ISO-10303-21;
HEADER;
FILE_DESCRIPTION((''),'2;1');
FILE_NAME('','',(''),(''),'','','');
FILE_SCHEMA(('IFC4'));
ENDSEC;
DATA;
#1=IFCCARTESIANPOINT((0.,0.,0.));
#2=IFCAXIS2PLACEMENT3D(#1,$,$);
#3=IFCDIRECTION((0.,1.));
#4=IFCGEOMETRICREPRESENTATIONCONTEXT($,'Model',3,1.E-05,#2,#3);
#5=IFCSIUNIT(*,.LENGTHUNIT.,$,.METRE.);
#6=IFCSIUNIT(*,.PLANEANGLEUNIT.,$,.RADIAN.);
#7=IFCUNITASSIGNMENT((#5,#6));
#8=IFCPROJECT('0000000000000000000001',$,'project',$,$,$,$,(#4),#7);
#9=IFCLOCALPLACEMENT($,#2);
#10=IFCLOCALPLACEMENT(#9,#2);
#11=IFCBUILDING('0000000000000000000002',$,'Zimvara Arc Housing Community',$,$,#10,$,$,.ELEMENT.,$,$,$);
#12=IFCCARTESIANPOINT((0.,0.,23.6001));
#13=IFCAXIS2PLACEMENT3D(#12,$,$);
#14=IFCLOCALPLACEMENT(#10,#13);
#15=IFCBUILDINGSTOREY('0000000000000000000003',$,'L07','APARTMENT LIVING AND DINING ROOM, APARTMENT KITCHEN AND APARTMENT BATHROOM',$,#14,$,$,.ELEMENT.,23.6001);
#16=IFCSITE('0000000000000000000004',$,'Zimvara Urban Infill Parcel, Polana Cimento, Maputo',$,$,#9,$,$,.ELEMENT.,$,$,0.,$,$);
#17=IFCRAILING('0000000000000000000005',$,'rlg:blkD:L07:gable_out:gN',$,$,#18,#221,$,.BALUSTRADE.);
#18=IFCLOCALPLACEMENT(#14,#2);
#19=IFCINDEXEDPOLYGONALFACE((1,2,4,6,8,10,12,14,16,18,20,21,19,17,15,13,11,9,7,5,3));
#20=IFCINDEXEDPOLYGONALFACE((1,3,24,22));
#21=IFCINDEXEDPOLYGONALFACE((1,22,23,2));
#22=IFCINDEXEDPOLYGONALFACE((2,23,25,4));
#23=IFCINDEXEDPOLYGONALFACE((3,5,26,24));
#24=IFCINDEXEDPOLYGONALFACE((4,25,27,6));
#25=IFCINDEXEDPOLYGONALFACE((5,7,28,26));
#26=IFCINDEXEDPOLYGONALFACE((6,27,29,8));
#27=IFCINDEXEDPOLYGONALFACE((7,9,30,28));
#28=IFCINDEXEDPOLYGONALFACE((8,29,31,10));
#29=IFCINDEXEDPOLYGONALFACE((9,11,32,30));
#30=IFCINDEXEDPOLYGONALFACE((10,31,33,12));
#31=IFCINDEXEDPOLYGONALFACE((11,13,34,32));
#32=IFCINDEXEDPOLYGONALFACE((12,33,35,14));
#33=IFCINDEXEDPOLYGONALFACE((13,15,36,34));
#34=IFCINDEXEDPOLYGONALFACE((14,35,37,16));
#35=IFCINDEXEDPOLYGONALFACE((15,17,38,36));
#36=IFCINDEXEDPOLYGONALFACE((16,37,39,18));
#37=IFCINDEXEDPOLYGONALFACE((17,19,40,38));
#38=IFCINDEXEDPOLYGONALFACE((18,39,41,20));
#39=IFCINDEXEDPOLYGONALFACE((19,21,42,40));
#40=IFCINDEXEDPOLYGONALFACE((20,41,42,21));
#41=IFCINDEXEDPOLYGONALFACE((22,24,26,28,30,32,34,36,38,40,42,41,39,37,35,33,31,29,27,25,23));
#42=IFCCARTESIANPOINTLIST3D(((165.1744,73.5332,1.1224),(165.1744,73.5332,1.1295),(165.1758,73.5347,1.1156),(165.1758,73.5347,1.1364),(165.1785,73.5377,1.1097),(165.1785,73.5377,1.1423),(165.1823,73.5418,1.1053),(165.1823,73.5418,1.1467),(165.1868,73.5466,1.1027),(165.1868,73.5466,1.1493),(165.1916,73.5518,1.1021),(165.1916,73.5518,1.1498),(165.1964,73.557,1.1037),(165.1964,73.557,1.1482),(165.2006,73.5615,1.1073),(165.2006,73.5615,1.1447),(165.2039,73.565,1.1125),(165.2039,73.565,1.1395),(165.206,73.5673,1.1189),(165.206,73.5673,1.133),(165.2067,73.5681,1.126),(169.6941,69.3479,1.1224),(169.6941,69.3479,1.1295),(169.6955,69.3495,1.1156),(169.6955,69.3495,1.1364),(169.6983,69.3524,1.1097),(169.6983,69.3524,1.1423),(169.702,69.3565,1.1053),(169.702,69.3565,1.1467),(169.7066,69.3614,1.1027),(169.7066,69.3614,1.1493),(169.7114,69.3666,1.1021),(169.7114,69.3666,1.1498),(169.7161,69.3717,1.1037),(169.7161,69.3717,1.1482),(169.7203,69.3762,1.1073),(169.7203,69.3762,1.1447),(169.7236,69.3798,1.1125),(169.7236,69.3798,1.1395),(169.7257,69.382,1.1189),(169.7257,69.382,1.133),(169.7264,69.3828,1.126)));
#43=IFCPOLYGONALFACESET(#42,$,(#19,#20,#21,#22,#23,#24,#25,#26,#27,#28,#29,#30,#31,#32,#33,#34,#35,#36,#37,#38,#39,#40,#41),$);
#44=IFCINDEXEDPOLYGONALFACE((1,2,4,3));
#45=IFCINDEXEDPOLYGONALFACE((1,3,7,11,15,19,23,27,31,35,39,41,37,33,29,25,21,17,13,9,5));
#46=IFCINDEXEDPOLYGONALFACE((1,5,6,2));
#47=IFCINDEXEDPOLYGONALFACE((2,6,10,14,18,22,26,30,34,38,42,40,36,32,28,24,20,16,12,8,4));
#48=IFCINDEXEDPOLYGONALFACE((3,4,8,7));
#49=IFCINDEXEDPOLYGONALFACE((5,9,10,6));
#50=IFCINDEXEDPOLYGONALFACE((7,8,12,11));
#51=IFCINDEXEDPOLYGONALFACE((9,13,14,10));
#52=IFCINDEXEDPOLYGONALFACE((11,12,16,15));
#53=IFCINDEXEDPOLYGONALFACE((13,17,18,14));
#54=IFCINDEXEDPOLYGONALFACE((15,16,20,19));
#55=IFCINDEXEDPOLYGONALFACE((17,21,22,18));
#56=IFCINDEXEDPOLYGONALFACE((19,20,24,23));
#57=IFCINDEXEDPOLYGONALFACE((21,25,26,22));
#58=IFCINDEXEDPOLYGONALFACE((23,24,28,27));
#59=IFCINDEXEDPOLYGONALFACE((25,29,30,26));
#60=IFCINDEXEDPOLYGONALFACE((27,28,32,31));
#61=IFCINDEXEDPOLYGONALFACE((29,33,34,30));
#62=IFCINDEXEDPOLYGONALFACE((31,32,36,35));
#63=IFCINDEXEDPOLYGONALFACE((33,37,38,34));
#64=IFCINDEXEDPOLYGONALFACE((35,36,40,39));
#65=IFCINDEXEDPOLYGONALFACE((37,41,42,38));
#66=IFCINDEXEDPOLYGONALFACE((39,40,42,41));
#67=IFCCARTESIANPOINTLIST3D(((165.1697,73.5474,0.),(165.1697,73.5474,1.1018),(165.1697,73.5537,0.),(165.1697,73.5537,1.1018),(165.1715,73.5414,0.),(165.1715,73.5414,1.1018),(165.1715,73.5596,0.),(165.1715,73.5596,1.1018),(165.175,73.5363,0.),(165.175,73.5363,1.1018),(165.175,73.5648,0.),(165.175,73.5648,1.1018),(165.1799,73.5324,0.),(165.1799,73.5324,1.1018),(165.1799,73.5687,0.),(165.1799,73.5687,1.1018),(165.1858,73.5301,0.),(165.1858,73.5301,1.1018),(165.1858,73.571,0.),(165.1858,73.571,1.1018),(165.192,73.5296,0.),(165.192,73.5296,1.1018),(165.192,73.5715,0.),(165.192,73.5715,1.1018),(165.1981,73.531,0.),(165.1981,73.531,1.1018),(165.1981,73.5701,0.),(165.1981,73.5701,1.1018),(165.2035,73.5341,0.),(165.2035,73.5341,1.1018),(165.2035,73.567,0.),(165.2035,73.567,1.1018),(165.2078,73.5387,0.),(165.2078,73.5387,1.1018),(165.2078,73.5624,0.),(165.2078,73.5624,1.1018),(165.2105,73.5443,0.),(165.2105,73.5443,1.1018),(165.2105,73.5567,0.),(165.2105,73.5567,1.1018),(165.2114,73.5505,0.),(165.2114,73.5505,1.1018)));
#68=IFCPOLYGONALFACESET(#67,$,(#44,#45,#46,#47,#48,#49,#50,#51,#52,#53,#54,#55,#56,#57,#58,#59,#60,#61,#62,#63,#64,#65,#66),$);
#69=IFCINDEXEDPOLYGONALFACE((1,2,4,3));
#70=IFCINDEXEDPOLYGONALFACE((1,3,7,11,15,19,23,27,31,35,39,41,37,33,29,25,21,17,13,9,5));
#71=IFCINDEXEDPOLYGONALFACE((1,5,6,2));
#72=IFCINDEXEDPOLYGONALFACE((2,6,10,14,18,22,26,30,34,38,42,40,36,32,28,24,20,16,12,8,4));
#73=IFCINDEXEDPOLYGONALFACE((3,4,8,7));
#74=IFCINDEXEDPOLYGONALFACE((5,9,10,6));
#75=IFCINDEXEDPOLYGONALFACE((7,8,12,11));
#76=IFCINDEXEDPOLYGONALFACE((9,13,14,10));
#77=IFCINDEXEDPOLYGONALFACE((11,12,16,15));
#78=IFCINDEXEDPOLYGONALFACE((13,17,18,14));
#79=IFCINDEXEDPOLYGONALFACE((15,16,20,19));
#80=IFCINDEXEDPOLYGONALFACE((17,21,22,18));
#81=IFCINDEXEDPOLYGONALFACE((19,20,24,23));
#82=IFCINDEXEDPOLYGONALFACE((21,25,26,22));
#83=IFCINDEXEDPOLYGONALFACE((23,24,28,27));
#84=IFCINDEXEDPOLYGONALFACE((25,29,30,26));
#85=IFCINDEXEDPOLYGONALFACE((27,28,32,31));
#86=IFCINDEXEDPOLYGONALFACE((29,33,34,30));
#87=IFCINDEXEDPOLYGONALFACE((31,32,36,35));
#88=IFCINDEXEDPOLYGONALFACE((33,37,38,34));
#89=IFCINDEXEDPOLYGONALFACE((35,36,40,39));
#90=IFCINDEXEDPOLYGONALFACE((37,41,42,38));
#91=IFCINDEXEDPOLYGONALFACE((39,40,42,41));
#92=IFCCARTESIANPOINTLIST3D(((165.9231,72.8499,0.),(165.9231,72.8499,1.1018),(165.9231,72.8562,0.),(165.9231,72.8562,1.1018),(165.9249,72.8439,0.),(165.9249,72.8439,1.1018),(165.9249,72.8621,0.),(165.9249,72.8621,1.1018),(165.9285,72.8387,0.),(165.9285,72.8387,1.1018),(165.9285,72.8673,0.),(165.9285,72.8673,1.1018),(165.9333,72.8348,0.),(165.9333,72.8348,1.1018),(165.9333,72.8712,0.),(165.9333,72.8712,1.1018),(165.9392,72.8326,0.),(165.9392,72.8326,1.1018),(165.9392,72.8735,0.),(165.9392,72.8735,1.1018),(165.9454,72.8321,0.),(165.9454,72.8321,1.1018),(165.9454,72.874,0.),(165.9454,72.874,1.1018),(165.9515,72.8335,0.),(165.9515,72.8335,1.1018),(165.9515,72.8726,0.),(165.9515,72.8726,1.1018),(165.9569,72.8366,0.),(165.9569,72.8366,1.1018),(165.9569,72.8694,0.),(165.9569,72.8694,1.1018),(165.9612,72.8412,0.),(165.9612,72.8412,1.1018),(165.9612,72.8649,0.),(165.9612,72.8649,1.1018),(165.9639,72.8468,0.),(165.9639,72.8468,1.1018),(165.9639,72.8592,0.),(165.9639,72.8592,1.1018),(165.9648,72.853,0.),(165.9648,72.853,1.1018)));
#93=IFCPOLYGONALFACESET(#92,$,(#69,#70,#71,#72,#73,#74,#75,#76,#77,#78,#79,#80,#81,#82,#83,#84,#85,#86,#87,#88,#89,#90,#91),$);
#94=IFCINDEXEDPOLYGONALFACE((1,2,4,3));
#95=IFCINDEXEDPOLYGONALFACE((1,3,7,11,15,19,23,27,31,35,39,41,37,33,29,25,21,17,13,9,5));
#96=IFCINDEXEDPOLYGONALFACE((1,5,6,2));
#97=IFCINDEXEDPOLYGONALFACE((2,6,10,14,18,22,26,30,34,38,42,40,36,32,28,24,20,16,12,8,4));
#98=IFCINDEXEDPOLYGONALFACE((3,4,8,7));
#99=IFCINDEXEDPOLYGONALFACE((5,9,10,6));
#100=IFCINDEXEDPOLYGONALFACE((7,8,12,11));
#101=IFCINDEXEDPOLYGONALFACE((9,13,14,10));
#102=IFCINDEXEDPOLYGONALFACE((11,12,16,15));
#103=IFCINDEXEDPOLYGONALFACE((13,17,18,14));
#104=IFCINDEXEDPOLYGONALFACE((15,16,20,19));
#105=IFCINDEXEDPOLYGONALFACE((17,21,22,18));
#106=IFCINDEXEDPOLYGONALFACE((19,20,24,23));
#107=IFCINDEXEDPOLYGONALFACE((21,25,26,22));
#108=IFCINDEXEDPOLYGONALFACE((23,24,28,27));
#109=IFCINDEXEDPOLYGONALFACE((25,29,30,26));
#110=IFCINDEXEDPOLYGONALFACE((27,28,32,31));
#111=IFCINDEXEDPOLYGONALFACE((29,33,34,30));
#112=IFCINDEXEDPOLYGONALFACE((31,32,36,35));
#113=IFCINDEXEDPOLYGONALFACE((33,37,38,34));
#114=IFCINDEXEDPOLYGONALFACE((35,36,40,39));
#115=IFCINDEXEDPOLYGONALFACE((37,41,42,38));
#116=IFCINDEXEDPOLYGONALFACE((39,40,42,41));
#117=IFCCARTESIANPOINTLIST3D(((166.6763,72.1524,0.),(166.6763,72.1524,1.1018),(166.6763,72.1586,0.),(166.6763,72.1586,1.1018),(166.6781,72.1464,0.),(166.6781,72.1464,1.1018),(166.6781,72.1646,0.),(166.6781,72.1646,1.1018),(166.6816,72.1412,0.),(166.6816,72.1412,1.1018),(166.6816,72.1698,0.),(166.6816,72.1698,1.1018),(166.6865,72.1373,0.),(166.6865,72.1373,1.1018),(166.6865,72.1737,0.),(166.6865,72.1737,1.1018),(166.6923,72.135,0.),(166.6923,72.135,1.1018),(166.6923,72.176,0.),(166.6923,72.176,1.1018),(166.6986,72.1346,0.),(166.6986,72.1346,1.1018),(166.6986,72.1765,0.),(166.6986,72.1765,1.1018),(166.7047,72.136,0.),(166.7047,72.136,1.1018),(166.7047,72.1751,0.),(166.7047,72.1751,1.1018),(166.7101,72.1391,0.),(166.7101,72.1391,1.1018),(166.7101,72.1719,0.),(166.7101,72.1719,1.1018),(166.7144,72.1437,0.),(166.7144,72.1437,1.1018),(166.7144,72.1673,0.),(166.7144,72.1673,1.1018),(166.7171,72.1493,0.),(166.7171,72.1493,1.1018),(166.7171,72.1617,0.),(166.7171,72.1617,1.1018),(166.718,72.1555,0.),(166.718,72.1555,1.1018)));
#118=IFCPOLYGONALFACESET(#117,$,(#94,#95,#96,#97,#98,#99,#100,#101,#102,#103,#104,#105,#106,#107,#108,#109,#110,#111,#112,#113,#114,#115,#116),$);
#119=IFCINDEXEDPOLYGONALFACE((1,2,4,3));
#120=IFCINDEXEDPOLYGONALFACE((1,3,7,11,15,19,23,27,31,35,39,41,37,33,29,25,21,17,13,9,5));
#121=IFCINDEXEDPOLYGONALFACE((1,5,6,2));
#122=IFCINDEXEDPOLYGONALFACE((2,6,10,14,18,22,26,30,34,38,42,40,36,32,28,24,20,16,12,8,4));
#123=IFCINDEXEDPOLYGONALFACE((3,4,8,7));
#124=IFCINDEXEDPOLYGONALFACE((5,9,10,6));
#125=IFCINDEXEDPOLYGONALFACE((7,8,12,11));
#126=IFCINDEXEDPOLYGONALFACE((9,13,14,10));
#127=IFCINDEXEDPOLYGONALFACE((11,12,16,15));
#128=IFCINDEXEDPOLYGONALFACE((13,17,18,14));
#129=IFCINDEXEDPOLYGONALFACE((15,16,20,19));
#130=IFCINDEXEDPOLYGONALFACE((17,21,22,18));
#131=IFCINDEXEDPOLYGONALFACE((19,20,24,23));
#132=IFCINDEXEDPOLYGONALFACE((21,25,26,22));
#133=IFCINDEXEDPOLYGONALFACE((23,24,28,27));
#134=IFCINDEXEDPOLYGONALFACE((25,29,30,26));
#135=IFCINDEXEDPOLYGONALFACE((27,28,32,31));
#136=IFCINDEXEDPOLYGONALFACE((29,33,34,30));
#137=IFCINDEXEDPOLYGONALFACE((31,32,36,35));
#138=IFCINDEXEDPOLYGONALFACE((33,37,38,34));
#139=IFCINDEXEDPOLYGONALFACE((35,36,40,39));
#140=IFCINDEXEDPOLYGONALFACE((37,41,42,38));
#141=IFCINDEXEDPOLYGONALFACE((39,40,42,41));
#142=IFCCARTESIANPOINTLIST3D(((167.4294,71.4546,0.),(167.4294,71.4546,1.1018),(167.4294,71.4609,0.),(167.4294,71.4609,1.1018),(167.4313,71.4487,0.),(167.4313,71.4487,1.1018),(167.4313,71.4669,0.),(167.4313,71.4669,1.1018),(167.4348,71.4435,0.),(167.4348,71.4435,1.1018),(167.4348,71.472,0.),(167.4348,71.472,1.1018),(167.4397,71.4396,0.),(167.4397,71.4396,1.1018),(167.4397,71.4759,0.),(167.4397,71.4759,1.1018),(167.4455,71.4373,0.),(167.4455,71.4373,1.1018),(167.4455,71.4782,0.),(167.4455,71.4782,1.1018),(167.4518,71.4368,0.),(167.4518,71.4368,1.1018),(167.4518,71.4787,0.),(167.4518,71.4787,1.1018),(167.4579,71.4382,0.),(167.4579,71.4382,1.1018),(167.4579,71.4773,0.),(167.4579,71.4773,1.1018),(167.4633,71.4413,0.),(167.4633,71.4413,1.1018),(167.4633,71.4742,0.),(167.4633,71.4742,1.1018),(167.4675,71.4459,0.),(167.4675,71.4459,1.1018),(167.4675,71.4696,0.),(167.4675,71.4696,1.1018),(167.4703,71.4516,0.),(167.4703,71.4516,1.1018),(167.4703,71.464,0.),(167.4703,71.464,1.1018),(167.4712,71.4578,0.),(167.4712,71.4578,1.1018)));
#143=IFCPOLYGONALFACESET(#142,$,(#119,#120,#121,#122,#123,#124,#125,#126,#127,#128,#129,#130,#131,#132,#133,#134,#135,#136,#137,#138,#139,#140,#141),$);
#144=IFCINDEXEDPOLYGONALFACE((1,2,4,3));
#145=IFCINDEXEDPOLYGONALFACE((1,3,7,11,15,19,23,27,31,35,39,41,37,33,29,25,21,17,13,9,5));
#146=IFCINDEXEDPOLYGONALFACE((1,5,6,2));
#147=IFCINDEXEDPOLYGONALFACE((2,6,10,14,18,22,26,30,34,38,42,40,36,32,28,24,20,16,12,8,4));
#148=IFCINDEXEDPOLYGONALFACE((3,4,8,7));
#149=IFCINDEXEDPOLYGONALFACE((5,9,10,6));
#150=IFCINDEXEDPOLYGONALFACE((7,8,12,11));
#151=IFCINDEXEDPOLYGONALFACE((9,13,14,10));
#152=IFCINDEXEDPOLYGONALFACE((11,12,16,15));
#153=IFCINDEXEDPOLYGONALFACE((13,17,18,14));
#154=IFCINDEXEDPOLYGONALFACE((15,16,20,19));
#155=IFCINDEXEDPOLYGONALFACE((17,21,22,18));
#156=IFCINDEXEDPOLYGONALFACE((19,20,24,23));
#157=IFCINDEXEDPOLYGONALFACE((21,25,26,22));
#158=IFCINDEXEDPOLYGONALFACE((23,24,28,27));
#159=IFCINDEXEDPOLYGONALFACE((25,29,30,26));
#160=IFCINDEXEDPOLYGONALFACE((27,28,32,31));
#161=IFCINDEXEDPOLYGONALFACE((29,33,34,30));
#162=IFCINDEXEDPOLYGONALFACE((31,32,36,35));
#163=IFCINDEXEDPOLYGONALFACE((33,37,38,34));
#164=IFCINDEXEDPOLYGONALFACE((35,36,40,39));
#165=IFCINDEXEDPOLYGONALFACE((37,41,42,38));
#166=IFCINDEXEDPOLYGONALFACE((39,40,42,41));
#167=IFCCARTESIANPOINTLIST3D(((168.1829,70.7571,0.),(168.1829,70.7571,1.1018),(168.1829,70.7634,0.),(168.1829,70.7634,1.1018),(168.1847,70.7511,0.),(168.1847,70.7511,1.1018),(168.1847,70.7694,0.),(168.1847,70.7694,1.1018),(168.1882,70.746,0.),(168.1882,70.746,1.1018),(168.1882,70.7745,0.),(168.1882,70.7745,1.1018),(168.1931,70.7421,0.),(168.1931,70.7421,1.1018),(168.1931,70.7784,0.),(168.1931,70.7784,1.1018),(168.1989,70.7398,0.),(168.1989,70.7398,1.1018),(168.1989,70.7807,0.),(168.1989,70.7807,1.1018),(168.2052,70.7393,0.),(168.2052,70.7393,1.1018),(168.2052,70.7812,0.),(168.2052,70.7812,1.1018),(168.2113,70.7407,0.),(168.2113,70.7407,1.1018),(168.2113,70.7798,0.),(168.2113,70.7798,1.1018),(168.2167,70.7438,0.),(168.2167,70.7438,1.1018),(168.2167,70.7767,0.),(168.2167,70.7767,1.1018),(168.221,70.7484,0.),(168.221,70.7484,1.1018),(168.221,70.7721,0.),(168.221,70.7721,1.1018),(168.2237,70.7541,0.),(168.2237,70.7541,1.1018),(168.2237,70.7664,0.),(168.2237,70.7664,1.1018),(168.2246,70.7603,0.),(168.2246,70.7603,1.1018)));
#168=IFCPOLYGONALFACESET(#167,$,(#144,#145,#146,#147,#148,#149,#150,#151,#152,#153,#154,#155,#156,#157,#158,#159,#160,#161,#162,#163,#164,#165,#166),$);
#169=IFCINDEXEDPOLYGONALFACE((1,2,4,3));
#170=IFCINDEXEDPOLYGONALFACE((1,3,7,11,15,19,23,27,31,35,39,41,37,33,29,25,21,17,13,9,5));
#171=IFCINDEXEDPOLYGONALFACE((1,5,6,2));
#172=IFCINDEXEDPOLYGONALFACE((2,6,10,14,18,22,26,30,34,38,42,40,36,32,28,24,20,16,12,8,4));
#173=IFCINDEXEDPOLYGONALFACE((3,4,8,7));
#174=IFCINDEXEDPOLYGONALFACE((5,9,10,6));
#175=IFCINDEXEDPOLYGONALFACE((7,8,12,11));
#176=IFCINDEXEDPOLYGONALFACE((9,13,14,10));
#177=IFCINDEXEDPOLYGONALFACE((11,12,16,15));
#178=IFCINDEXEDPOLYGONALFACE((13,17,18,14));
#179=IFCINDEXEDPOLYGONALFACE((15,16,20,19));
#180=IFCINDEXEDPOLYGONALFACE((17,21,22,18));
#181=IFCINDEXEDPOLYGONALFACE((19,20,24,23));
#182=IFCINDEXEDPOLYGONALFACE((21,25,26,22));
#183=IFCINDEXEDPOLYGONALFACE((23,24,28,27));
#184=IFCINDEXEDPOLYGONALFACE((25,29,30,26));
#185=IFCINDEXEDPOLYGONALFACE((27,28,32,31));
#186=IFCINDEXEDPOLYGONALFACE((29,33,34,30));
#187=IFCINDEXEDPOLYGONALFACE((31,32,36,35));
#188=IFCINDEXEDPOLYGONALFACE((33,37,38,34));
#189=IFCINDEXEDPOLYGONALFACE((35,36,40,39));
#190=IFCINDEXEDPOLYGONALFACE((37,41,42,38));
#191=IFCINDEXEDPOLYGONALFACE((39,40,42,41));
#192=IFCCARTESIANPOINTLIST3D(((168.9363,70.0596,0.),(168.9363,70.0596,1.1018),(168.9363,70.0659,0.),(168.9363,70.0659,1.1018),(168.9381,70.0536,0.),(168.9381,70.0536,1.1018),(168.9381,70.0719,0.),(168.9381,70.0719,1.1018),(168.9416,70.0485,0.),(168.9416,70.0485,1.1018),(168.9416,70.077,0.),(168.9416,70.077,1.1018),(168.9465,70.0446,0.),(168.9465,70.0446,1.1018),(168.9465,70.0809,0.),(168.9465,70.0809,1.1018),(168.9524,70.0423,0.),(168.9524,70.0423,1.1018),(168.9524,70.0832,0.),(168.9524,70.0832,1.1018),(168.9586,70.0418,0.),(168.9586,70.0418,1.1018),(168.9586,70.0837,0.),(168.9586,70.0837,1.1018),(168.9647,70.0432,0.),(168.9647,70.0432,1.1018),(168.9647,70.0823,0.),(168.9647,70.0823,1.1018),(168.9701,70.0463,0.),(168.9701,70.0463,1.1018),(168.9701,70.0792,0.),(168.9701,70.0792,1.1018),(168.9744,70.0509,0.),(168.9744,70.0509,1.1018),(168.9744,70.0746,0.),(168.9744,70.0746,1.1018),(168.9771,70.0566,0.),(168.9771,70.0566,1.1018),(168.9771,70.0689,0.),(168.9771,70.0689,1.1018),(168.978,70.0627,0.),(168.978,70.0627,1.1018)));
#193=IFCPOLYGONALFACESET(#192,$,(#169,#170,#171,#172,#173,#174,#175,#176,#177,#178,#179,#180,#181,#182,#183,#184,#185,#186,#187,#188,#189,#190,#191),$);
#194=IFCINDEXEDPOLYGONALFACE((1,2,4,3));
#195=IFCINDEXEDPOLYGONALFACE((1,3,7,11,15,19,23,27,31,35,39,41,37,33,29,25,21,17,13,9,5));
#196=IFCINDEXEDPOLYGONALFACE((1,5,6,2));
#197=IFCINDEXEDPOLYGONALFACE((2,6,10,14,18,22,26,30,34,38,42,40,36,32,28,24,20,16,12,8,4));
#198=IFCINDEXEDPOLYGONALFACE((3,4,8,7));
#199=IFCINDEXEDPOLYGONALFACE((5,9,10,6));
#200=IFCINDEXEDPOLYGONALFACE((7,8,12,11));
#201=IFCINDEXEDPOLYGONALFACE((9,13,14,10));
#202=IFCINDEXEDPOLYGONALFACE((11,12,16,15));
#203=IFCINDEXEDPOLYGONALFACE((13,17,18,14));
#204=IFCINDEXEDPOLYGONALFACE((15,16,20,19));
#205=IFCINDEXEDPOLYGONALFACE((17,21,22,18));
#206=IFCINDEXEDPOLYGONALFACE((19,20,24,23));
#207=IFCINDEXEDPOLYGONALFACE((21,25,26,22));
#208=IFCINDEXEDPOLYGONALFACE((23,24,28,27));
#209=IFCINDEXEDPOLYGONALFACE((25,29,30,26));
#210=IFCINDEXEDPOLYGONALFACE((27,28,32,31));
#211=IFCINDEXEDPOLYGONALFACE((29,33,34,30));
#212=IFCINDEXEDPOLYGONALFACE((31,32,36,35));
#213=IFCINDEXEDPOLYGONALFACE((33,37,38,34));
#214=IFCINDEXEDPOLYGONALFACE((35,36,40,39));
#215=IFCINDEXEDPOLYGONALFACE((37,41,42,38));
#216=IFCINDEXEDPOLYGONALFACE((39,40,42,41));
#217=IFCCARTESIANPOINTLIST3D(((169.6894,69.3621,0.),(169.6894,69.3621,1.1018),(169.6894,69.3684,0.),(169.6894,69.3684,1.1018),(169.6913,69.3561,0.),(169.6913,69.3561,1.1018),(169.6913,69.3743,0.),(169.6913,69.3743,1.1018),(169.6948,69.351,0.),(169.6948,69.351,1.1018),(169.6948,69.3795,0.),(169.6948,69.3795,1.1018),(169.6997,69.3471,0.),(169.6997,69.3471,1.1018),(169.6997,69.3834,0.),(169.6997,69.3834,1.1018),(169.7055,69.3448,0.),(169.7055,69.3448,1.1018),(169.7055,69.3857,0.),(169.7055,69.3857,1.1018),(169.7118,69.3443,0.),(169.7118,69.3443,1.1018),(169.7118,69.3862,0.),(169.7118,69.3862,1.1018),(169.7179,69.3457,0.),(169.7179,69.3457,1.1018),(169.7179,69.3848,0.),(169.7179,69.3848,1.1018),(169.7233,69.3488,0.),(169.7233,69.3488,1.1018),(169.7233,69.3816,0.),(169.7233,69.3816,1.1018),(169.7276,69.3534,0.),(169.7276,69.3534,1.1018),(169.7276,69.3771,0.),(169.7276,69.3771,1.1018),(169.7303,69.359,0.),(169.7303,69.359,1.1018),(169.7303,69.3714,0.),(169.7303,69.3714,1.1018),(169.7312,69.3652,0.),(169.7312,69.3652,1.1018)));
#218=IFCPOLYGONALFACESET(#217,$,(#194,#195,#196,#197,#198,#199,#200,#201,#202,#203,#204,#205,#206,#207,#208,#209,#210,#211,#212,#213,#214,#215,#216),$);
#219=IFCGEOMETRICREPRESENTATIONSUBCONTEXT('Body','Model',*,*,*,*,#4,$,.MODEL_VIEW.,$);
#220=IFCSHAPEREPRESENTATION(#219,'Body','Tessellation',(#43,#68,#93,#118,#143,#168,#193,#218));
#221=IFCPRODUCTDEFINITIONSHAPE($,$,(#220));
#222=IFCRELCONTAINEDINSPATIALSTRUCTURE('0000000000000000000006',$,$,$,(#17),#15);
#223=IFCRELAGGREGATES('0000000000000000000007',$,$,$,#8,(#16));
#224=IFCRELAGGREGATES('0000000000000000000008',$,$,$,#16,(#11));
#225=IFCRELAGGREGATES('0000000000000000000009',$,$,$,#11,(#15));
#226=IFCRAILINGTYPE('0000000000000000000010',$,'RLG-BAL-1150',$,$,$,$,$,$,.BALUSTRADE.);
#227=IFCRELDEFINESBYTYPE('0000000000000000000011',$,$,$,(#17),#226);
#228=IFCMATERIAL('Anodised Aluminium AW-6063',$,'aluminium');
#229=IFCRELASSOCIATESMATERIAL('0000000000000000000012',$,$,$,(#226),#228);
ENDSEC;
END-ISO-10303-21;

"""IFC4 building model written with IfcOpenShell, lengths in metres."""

from ifc_helpers import new_model, si_unit, direction, frame, origin, origin_2d, place, context, subcontext, project, spatial, circle, extrude, material, type_object, element, save


model = new_model("IFC4")

# Units and contexts
model_context = context("Model", 3, precision=1e-05, world=origin(), true_north=direction((0.0, 1.0)))
body_context = subcontext(model_context, "Body", "Model", "MODEL_VIEW")
ifc_project = project(units=[si_unit("LENGTHUNIT", "METRE"), si_unit("PLANEANGLEUNIT", "RADIAN")], contexts=[model_context])

# Site, building, storey
site_placement = place(None, origin())
site = spatial("IfcSite", under=ifc_project, at=site_placement, Name="Zimvara Urban Infill Parcel, Polana Cimento, Maputo", CompositionType="ELEMENT", RefElevation=0.0)
building_placement = place(site_placement, origin())
building = spatial("IfcBuilding", under=site, at=building_placement, Name="Zimvara Arc Housing Community", CompositionType="ELEMENT")
storey_placement = place(building_placement, frame((0.0, 0.0, 23.6001)))
storey = spatial("IfcBuildingStorey", under=building, at=storey_placement, Name="L07", Description="APARTMENT LIVING AND DINING ROOM, APARTMENT KITCHEN AND APARTMENT BATHROOM", CompositionType="ELEMENT", Elevation=23.6001)

# Railing
ifc_material_1 = material(Name="Anodised Aluminium AW-6063", Category="aluminium")
railing_type = type_object("IfcRailingType", Name="RLG-BAL-1150", PredefinedType="BALUSTRADE", material=ifc_material_1)
railing_1_placement = place(storey_placement, frame((165.1904, 73.5505, 0.0)))
element("IfcRailing", 1, at=railing_1_placement, inside=storey, type_object=railing_type, Name="rlg:blkD:L07:gable_out:gN", PredefinedType="BALUSTRADE", context=body_context, shape_type="SweptSolid", body=[
    extrude(circle(Radius=0.0239, at=origin_2d()), frame((0.0, 0.0, 1.126), z_axis=(0.733734, -0.679436, 0.0), x_axis=(0.679436, 0.733734, 0.0)), (0.0, 0.0, 1.0), 6.1599),
    extrude(circle(Radius=0.021, at=origin_2d()), origin(), (0.0, 0.0, 1.0), 1.1018),
    extrude(circle(Radius=0.021, at=origin_2d()), frame((0.7534, -0.6975, 0.0)), (0.0, 0.0, 1.0), 1.1018),
    extrude(circle(Radius=0.021, at=origin_2d()), frame((1.5066, -1.395, 0.0)), (0.0, 0.0, 1.0), 1.1018),
    extrude(circle(Radius=0.021, at=origin_2d()), frame((2.2598, -2.0928, 0.0)), (0.0, 0.0, 1.0), 1.1018),
    extrude(circle(Radius=0.021, at=origin_2d()), frame((3.0132, -2.7903, 0.0)), (0.0, 0.0, 1.0), 1.1018),
    extrude(circle(Radius=0.021, at=origin_2d()), frame((3.7666, -3.4878, 0.0)), (0.0, 0.0, 1.0), 1.1018),
    extrude(circle(Radius=0.021, at=origin_2d()), frame((4.5198, -4.1853, 0.0)), (0.0, 0.0, 1.0), 1.1018),
])

save(model, "model.ifc")
